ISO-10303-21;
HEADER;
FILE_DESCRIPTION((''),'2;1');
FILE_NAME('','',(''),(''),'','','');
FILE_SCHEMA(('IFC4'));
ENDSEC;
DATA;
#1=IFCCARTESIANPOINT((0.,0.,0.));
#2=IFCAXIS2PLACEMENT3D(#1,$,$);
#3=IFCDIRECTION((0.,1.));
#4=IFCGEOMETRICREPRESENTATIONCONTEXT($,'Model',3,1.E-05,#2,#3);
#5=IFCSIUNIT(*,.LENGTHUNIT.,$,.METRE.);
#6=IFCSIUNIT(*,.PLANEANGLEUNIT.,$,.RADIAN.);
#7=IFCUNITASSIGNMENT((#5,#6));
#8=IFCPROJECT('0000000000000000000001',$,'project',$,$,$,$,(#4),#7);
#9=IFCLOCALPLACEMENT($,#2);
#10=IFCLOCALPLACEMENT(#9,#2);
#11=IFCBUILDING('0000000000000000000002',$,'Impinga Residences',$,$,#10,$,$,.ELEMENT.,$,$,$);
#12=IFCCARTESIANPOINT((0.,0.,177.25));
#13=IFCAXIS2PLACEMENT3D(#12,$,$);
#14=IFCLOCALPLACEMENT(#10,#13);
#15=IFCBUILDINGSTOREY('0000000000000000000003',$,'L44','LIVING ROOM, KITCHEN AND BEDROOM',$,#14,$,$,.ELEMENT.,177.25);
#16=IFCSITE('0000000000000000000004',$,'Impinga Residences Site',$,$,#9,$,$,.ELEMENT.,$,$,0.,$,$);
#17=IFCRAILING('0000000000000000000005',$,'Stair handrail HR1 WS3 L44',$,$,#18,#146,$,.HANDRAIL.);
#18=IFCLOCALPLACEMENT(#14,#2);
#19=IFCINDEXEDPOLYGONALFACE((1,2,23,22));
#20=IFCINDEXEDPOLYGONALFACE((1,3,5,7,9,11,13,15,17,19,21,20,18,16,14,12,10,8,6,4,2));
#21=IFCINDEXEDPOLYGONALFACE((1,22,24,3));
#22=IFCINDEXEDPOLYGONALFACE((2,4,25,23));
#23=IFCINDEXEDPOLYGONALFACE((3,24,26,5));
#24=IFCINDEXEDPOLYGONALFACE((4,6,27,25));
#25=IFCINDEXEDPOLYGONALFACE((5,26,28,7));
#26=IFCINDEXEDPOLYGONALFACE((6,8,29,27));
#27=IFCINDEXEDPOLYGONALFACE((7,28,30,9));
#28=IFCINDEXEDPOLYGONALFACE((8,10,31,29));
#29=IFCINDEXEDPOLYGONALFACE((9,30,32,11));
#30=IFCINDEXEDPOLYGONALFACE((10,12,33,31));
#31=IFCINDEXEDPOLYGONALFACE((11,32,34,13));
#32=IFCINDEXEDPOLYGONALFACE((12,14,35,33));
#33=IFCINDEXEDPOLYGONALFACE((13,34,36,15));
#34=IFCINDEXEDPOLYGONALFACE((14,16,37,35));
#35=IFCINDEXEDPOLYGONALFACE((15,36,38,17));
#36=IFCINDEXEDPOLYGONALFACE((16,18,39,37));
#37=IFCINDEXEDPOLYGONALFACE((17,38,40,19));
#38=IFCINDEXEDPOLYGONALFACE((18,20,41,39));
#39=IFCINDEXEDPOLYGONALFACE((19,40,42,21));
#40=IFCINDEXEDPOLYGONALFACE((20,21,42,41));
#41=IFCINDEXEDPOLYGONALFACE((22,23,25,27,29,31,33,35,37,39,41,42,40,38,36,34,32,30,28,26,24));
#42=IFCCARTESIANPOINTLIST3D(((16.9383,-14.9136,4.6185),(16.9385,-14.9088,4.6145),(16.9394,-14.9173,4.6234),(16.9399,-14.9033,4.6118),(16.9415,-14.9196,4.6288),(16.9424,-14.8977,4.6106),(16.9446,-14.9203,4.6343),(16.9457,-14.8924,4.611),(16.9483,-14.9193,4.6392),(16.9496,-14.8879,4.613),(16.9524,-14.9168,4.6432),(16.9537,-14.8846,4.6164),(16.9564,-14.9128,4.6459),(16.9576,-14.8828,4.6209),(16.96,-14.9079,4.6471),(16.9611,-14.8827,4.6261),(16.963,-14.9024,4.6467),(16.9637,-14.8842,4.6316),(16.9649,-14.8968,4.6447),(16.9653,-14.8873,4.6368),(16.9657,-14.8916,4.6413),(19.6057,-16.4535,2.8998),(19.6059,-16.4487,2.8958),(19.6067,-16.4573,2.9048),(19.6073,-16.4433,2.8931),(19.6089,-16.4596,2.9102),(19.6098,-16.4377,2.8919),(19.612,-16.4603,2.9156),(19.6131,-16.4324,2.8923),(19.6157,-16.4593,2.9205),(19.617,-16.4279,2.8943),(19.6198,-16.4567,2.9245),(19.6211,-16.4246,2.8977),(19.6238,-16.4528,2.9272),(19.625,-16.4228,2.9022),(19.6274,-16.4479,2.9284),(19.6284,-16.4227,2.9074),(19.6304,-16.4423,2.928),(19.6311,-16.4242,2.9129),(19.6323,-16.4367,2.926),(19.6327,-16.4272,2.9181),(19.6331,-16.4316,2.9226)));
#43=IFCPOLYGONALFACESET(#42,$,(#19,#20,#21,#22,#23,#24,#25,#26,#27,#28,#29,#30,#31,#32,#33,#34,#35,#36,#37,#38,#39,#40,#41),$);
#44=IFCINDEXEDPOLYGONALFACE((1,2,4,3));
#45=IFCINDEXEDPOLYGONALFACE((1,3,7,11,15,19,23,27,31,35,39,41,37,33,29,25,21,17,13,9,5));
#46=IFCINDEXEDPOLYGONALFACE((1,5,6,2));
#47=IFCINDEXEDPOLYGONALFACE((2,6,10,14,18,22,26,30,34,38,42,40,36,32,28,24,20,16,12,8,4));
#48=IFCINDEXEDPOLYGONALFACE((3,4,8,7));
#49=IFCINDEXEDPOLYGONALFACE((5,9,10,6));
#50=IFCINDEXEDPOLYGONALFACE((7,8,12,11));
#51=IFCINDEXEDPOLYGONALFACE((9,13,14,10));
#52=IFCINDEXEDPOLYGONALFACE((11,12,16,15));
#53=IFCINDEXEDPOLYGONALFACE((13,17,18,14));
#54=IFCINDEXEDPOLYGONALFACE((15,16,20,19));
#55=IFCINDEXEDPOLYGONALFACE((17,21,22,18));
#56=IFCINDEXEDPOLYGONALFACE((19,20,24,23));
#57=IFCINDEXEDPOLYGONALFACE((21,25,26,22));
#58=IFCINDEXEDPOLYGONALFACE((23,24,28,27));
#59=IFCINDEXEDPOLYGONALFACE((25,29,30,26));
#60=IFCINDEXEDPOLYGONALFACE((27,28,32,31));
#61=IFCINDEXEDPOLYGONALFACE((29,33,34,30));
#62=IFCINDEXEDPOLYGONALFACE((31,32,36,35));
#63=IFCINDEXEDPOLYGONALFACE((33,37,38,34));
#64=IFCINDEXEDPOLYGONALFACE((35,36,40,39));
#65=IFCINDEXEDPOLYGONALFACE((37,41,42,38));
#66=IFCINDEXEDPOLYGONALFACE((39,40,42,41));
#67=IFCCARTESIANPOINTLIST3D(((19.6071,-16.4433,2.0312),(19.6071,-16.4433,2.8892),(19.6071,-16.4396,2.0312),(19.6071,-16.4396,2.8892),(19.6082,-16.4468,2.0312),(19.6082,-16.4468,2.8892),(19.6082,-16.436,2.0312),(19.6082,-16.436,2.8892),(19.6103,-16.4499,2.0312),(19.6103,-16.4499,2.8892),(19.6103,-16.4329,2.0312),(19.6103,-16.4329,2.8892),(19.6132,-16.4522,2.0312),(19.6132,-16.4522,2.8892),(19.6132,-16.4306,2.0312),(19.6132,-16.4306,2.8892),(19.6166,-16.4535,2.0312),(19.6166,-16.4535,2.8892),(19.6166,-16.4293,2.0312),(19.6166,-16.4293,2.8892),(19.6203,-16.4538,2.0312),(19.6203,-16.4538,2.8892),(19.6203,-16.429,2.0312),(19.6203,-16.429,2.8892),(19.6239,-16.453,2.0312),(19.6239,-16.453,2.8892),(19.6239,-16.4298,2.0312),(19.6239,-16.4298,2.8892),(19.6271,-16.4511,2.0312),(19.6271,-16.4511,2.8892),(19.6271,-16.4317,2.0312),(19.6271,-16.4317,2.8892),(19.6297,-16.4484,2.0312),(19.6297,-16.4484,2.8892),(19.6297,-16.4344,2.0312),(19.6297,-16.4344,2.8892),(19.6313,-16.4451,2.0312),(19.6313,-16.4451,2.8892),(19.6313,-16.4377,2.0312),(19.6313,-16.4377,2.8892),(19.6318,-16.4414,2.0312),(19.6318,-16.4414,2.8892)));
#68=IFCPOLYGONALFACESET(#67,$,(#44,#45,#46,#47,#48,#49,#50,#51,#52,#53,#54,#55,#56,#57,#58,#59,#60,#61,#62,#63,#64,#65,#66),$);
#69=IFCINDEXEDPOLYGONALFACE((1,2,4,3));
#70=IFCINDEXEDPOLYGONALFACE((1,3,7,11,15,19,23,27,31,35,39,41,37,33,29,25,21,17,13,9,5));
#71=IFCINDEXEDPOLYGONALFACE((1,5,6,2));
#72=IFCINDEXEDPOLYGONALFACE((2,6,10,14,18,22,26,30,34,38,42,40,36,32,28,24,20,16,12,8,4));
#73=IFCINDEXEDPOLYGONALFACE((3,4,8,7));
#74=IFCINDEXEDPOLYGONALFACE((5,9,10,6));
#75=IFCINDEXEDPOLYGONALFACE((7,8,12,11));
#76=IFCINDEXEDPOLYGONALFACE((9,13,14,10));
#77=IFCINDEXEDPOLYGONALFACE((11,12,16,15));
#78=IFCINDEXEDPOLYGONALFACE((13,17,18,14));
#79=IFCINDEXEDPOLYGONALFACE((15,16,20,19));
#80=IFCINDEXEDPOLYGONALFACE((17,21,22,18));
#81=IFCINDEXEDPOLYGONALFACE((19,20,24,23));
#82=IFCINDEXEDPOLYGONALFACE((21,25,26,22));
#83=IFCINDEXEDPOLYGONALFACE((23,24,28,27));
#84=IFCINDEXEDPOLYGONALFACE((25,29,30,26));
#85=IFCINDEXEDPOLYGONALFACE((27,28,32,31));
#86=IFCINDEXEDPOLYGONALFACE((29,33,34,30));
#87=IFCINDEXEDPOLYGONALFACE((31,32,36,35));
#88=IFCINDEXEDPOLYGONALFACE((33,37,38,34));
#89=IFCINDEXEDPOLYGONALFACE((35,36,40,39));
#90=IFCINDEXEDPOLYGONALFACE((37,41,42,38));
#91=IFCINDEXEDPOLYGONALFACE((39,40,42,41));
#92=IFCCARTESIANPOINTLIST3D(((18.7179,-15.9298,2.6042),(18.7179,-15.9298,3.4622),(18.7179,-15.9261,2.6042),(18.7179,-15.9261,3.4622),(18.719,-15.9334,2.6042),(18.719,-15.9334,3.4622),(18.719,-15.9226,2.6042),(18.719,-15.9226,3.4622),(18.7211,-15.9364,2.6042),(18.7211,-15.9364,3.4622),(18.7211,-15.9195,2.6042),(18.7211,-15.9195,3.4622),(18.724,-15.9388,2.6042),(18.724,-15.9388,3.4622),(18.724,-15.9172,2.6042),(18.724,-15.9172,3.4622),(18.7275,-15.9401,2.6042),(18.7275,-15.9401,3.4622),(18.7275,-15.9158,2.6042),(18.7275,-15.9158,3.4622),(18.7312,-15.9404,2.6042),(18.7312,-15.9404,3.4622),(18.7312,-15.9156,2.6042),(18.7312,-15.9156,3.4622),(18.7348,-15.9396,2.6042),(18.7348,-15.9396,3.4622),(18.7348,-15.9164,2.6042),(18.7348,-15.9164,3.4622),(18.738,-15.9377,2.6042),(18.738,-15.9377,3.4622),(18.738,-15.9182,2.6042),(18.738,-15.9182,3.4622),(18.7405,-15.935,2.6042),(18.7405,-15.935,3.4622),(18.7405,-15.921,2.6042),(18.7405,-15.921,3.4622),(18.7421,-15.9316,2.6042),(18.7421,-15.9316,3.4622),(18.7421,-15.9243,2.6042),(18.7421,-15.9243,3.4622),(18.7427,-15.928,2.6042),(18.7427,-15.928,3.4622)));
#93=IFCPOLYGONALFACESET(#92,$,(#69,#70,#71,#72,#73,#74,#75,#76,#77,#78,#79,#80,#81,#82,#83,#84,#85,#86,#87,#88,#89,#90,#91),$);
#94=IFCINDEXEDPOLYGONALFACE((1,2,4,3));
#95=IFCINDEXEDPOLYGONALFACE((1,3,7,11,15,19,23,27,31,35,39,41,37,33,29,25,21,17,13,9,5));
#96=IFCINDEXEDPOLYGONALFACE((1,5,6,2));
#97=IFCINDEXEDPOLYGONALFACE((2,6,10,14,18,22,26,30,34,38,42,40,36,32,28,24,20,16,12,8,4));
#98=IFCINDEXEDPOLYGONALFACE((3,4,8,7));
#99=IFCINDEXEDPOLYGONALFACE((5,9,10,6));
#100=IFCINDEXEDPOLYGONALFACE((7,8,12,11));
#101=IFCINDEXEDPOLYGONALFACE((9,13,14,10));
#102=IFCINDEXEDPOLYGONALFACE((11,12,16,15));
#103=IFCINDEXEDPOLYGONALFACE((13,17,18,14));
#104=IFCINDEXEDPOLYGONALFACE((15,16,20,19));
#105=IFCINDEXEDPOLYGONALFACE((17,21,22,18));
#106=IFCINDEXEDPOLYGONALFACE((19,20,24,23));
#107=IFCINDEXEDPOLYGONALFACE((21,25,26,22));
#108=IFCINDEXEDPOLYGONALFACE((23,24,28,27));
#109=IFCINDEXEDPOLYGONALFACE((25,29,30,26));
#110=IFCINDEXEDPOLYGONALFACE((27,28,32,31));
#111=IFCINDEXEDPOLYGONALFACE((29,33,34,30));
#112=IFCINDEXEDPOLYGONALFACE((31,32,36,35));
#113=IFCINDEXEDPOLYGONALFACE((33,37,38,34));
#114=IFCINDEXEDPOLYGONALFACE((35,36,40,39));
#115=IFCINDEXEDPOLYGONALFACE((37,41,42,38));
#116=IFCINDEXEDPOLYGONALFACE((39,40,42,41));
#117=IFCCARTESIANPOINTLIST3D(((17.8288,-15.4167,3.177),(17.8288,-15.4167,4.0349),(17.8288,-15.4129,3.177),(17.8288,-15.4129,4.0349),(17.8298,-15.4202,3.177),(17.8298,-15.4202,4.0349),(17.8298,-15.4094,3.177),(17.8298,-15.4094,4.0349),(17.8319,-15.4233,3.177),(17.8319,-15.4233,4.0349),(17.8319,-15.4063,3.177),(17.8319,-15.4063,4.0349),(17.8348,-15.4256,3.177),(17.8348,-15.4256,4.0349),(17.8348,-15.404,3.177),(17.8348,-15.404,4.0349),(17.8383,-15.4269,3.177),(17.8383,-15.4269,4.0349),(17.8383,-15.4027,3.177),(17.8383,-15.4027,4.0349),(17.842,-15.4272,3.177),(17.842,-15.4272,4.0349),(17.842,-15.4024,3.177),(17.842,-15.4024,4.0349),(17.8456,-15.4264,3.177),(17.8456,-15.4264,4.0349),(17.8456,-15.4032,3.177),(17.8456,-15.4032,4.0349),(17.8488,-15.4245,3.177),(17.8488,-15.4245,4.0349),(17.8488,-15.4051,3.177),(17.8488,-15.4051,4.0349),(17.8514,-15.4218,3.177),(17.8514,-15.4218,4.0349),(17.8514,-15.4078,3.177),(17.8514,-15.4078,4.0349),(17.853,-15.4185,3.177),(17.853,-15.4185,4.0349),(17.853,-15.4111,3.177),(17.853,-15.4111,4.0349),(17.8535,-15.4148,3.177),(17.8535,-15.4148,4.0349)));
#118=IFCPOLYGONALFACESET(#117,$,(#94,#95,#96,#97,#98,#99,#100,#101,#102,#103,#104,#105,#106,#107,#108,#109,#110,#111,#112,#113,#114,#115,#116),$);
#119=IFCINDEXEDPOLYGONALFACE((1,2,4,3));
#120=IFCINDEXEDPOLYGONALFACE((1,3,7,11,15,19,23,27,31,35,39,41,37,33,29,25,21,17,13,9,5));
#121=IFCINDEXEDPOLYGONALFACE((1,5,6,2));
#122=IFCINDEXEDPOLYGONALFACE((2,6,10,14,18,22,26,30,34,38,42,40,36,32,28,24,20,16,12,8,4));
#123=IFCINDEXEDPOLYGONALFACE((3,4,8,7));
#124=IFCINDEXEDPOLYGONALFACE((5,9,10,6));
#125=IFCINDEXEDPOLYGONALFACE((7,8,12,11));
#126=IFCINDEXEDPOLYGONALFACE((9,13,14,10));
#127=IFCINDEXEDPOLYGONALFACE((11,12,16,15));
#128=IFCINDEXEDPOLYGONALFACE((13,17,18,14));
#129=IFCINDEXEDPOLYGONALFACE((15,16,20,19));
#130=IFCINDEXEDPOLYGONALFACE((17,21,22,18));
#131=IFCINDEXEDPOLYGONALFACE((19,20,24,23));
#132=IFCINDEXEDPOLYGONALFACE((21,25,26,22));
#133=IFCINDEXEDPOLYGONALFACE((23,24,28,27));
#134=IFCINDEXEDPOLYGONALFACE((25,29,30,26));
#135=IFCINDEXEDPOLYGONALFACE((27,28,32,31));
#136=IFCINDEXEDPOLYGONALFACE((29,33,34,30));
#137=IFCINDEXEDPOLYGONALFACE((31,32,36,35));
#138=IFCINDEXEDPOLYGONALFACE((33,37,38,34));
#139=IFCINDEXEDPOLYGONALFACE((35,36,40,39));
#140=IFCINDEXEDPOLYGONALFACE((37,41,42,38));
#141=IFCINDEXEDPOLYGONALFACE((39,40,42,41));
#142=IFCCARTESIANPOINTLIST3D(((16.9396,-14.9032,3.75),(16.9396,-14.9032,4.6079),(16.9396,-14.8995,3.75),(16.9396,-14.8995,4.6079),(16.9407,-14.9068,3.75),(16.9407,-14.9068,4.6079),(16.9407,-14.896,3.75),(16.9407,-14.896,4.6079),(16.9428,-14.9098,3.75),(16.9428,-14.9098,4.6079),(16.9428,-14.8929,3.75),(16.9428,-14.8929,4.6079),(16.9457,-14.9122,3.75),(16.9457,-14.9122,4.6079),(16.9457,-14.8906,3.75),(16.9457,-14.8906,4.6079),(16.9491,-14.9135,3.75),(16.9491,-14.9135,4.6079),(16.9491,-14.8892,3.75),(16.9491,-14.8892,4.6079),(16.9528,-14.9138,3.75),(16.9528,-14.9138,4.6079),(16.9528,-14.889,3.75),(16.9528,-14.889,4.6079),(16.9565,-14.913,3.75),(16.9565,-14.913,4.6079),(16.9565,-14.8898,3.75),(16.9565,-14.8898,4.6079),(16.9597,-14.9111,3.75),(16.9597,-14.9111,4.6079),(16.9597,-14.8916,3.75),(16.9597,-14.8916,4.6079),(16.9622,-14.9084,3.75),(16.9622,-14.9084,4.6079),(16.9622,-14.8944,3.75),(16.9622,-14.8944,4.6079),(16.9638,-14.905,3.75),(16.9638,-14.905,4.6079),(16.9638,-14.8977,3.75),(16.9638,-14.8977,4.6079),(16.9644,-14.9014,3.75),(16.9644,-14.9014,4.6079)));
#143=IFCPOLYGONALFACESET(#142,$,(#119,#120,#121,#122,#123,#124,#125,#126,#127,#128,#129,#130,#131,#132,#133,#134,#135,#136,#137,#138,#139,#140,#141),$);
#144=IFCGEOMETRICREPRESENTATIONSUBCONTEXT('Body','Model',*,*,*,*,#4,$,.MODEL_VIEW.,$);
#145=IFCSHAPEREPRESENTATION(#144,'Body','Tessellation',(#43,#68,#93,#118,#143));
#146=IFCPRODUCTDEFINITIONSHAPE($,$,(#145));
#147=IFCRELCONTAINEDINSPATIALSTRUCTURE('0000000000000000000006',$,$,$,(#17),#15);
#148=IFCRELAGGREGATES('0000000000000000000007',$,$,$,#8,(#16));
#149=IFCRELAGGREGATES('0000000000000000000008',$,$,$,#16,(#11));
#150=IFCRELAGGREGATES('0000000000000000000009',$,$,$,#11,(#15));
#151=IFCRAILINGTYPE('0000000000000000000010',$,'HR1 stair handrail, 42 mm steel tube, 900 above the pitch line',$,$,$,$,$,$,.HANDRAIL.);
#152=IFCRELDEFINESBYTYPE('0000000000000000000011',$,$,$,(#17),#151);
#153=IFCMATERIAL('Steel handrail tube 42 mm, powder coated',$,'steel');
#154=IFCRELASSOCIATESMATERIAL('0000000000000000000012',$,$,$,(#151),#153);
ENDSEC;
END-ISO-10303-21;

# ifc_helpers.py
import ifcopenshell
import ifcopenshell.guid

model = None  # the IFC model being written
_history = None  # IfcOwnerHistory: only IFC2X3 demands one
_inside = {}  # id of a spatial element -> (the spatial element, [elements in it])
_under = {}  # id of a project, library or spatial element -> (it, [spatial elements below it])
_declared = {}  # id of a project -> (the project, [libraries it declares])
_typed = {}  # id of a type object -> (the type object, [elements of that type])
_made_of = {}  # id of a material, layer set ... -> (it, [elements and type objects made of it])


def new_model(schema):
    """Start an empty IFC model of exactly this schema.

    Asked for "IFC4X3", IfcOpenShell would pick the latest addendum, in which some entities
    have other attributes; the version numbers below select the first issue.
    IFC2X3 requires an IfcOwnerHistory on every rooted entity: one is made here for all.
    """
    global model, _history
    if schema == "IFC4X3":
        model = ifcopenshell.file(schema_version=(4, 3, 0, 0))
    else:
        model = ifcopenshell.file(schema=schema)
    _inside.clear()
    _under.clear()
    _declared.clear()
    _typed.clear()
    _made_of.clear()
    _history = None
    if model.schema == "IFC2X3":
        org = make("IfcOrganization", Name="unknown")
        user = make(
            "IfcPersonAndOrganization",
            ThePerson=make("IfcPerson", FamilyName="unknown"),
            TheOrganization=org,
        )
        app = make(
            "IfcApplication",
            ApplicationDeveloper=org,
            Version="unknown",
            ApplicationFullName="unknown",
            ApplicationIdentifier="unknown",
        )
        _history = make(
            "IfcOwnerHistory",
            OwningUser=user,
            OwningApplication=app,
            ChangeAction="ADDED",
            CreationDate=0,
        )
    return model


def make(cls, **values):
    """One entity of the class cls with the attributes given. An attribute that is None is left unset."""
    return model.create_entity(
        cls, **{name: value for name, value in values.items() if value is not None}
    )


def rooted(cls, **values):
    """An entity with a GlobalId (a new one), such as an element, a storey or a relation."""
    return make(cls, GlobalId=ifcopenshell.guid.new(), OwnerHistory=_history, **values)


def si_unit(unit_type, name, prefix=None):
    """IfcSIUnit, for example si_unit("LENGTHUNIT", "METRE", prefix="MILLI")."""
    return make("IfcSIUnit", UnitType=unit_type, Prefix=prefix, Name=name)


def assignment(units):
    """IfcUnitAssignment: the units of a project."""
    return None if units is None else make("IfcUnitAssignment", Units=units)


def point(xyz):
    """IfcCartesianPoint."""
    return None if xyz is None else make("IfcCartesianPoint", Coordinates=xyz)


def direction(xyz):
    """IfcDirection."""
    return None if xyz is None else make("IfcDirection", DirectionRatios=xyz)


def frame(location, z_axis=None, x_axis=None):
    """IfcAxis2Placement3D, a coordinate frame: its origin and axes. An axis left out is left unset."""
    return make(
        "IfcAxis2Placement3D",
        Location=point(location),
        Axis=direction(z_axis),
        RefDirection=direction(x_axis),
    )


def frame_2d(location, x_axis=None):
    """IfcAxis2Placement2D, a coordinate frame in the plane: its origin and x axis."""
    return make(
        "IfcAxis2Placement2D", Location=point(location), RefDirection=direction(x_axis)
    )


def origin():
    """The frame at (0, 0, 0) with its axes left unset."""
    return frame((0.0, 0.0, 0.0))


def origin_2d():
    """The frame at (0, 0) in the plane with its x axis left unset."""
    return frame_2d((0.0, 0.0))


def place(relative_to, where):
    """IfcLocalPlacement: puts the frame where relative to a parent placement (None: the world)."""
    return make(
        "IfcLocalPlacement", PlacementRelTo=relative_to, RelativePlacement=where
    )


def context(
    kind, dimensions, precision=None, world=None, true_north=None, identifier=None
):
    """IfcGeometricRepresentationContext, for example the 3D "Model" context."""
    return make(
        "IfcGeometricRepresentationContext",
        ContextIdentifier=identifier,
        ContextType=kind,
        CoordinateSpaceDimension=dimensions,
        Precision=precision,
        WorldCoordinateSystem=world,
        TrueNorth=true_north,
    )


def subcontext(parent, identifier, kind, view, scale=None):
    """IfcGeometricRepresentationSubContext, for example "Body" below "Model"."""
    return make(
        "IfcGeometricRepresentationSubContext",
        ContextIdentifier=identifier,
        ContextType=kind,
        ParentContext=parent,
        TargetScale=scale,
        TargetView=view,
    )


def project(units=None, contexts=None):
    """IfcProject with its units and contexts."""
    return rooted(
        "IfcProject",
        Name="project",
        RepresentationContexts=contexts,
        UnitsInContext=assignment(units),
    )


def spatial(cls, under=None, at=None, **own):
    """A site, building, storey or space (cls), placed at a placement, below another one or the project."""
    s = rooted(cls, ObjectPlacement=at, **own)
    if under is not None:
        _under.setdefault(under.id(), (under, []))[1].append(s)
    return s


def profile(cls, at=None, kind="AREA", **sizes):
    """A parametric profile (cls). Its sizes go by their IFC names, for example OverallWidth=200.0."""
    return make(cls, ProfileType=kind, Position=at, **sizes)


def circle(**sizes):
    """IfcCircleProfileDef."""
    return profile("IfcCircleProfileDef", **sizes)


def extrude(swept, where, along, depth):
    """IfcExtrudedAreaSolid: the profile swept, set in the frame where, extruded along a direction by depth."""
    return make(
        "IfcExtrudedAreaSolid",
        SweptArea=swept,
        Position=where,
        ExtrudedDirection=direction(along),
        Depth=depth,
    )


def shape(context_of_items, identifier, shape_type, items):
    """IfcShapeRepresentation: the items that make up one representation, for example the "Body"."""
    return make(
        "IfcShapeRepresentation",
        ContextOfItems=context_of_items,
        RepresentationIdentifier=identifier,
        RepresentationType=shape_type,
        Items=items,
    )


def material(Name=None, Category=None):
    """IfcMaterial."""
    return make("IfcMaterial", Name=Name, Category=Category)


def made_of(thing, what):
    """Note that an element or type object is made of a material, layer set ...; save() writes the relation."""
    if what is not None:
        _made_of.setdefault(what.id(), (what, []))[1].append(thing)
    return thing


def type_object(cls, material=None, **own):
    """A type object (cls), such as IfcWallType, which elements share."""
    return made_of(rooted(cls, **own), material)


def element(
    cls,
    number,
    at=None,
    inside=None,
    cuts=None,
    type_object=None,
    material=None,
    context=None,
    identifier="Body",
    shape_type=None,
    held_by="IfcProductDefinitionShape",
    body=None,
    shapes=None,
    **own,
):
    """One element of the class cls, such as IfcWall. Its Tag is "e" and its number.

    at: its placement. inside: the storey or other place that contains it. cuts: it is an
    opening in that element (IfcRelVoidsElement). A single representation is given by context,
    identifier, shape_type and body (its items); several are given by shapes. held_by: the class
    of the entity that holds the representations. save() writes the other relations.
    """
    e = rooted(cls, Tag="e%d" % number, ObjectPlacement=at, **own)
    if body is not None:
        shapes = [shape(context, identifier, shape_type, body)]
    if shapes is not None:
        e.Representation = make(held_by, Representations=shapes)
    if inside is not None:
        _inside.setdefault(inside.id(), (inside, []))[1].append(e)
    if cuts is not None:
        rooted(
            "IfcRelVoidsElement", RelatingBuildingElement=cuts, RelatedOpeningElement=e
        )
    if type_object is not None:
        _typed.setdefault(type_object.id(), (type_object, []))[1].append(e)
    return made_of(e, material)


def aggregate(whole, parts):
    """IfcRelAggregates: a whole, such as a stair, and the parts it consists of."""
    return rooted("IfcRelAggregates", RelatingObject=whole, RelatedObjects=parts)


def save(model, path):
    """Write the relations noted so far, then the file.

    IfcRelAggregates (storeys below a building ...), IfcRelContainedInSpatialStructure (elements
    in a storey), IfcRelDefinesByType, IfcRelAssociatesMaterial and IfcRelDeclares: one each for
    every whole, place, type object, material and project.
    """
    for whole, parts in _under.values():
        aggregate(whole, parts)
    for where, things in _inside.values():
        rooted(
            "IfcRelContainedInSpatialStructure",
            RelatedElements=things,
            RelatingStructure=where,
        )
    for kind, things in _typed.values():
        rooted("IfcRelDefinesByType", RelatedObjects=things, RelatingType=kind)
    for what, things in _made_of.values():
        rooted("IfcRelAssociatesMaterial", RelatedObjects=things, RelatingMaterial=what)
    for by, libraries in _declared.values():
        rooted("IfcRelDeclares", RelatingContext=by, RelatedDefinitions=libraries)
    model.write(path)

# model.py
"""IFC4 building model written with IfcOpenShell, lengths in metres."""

from ifc_helpers import new_model, si_unit, direction, frame, origin, origin_2d, place, context, subcontext, project, spatial, circle, extrude, material, type_object, element, save


model = new_model("IFC4")

# Units and contexts
model_context = context("Model", 3, precision=1e-05, world=origin(), true_north=direction((0.0, 1.0)))
body_context = subcontext(model_context, "Body", "Model", "MODEL_VIEW")
ifc_project = project(units=[si_unit("LENGTHUNIT", "METRE"), si_unit("PLANEANGLEUNIT", "RADIAN")], contexts=[model_context])

# Site, building, storey
site_placement = place(None, origin())
site = spatial("IfcSite", under=ifc_project, at=site_placement, Name="Impinga Residences Site", CompositionType="ELEMENT", RefElevation=0.0)
building_placement = place(site_placement, origin())
building = spatial("IfcBuilding", under=site, at=building_placement, Name="Impinga Residences", CompositionType="ELEMENT")
storey_placement = place(building_placement, frame((0.0, 0.0, 177.25)))
storey = spatial("IfcBuildingStorey", under=building, at=storey_placement, Name="L44", Description="LIVING ROOM, KITCHEN AND BEDROOM", CompositionType="ELEMENT", Elevation=177.25)

# Railing
ifc_material_1 = material(Name="Steel handrail tube 42 mm, powder coated", Category="steel")
railing_type_1 = type_object("IfcRailingType", Name="HR1 stair handrail, 42 mm steel tube, 900 above the pitch line", PredefinedType="HANDRAIL", material=ifc_material_1)
railing_1_placement = place(storey_placement, frame((19.6194, -16.4414, 2.0312)))
element("IfcRailing", 1, at=railing_1_placement, inside=storey, type_object=railing_type_1, Name="Stair handrail HR1 WS3 L44", PredefinedType="HANDRAIL", context=body_context, shape_type="SweptSolid", body=[
    extrude(circle(Radius=0.021, at=origin_2d()), frame((0.0, 0.0, 0.8789), z_axis=(-0.756256, 0.436616, 0.487282), x_axis=(-0.499992, -0.86603, 0.0)), (0.0, 0.0, 1.0), 3.5271),
    extrude(circle(Radius=0.0125, at=origin_2d()), origin(), (0.0, 0.0, 1.0), 0.8579),
    extrude(circle(Radius=0.0125, at=origin_2d()), frame((-0.8892, 0.5134, 0.573)), (0.0, 0.0, 1.0), 0.8579),
    extrude(circle(Radius=0.0125, at=origin_2d()), frame((-1.7783, 1.0266, 1.1458)), (0.0, 0.0, 1.0), 0.8579),
    extrude(circle(Radius=0.0125, at=origin_2d()), frame((-2.6675, 1.54, 1.7188)), (0.0, 0.0, 1.0), 0.8579),
])

save(model, "model.ifc")
